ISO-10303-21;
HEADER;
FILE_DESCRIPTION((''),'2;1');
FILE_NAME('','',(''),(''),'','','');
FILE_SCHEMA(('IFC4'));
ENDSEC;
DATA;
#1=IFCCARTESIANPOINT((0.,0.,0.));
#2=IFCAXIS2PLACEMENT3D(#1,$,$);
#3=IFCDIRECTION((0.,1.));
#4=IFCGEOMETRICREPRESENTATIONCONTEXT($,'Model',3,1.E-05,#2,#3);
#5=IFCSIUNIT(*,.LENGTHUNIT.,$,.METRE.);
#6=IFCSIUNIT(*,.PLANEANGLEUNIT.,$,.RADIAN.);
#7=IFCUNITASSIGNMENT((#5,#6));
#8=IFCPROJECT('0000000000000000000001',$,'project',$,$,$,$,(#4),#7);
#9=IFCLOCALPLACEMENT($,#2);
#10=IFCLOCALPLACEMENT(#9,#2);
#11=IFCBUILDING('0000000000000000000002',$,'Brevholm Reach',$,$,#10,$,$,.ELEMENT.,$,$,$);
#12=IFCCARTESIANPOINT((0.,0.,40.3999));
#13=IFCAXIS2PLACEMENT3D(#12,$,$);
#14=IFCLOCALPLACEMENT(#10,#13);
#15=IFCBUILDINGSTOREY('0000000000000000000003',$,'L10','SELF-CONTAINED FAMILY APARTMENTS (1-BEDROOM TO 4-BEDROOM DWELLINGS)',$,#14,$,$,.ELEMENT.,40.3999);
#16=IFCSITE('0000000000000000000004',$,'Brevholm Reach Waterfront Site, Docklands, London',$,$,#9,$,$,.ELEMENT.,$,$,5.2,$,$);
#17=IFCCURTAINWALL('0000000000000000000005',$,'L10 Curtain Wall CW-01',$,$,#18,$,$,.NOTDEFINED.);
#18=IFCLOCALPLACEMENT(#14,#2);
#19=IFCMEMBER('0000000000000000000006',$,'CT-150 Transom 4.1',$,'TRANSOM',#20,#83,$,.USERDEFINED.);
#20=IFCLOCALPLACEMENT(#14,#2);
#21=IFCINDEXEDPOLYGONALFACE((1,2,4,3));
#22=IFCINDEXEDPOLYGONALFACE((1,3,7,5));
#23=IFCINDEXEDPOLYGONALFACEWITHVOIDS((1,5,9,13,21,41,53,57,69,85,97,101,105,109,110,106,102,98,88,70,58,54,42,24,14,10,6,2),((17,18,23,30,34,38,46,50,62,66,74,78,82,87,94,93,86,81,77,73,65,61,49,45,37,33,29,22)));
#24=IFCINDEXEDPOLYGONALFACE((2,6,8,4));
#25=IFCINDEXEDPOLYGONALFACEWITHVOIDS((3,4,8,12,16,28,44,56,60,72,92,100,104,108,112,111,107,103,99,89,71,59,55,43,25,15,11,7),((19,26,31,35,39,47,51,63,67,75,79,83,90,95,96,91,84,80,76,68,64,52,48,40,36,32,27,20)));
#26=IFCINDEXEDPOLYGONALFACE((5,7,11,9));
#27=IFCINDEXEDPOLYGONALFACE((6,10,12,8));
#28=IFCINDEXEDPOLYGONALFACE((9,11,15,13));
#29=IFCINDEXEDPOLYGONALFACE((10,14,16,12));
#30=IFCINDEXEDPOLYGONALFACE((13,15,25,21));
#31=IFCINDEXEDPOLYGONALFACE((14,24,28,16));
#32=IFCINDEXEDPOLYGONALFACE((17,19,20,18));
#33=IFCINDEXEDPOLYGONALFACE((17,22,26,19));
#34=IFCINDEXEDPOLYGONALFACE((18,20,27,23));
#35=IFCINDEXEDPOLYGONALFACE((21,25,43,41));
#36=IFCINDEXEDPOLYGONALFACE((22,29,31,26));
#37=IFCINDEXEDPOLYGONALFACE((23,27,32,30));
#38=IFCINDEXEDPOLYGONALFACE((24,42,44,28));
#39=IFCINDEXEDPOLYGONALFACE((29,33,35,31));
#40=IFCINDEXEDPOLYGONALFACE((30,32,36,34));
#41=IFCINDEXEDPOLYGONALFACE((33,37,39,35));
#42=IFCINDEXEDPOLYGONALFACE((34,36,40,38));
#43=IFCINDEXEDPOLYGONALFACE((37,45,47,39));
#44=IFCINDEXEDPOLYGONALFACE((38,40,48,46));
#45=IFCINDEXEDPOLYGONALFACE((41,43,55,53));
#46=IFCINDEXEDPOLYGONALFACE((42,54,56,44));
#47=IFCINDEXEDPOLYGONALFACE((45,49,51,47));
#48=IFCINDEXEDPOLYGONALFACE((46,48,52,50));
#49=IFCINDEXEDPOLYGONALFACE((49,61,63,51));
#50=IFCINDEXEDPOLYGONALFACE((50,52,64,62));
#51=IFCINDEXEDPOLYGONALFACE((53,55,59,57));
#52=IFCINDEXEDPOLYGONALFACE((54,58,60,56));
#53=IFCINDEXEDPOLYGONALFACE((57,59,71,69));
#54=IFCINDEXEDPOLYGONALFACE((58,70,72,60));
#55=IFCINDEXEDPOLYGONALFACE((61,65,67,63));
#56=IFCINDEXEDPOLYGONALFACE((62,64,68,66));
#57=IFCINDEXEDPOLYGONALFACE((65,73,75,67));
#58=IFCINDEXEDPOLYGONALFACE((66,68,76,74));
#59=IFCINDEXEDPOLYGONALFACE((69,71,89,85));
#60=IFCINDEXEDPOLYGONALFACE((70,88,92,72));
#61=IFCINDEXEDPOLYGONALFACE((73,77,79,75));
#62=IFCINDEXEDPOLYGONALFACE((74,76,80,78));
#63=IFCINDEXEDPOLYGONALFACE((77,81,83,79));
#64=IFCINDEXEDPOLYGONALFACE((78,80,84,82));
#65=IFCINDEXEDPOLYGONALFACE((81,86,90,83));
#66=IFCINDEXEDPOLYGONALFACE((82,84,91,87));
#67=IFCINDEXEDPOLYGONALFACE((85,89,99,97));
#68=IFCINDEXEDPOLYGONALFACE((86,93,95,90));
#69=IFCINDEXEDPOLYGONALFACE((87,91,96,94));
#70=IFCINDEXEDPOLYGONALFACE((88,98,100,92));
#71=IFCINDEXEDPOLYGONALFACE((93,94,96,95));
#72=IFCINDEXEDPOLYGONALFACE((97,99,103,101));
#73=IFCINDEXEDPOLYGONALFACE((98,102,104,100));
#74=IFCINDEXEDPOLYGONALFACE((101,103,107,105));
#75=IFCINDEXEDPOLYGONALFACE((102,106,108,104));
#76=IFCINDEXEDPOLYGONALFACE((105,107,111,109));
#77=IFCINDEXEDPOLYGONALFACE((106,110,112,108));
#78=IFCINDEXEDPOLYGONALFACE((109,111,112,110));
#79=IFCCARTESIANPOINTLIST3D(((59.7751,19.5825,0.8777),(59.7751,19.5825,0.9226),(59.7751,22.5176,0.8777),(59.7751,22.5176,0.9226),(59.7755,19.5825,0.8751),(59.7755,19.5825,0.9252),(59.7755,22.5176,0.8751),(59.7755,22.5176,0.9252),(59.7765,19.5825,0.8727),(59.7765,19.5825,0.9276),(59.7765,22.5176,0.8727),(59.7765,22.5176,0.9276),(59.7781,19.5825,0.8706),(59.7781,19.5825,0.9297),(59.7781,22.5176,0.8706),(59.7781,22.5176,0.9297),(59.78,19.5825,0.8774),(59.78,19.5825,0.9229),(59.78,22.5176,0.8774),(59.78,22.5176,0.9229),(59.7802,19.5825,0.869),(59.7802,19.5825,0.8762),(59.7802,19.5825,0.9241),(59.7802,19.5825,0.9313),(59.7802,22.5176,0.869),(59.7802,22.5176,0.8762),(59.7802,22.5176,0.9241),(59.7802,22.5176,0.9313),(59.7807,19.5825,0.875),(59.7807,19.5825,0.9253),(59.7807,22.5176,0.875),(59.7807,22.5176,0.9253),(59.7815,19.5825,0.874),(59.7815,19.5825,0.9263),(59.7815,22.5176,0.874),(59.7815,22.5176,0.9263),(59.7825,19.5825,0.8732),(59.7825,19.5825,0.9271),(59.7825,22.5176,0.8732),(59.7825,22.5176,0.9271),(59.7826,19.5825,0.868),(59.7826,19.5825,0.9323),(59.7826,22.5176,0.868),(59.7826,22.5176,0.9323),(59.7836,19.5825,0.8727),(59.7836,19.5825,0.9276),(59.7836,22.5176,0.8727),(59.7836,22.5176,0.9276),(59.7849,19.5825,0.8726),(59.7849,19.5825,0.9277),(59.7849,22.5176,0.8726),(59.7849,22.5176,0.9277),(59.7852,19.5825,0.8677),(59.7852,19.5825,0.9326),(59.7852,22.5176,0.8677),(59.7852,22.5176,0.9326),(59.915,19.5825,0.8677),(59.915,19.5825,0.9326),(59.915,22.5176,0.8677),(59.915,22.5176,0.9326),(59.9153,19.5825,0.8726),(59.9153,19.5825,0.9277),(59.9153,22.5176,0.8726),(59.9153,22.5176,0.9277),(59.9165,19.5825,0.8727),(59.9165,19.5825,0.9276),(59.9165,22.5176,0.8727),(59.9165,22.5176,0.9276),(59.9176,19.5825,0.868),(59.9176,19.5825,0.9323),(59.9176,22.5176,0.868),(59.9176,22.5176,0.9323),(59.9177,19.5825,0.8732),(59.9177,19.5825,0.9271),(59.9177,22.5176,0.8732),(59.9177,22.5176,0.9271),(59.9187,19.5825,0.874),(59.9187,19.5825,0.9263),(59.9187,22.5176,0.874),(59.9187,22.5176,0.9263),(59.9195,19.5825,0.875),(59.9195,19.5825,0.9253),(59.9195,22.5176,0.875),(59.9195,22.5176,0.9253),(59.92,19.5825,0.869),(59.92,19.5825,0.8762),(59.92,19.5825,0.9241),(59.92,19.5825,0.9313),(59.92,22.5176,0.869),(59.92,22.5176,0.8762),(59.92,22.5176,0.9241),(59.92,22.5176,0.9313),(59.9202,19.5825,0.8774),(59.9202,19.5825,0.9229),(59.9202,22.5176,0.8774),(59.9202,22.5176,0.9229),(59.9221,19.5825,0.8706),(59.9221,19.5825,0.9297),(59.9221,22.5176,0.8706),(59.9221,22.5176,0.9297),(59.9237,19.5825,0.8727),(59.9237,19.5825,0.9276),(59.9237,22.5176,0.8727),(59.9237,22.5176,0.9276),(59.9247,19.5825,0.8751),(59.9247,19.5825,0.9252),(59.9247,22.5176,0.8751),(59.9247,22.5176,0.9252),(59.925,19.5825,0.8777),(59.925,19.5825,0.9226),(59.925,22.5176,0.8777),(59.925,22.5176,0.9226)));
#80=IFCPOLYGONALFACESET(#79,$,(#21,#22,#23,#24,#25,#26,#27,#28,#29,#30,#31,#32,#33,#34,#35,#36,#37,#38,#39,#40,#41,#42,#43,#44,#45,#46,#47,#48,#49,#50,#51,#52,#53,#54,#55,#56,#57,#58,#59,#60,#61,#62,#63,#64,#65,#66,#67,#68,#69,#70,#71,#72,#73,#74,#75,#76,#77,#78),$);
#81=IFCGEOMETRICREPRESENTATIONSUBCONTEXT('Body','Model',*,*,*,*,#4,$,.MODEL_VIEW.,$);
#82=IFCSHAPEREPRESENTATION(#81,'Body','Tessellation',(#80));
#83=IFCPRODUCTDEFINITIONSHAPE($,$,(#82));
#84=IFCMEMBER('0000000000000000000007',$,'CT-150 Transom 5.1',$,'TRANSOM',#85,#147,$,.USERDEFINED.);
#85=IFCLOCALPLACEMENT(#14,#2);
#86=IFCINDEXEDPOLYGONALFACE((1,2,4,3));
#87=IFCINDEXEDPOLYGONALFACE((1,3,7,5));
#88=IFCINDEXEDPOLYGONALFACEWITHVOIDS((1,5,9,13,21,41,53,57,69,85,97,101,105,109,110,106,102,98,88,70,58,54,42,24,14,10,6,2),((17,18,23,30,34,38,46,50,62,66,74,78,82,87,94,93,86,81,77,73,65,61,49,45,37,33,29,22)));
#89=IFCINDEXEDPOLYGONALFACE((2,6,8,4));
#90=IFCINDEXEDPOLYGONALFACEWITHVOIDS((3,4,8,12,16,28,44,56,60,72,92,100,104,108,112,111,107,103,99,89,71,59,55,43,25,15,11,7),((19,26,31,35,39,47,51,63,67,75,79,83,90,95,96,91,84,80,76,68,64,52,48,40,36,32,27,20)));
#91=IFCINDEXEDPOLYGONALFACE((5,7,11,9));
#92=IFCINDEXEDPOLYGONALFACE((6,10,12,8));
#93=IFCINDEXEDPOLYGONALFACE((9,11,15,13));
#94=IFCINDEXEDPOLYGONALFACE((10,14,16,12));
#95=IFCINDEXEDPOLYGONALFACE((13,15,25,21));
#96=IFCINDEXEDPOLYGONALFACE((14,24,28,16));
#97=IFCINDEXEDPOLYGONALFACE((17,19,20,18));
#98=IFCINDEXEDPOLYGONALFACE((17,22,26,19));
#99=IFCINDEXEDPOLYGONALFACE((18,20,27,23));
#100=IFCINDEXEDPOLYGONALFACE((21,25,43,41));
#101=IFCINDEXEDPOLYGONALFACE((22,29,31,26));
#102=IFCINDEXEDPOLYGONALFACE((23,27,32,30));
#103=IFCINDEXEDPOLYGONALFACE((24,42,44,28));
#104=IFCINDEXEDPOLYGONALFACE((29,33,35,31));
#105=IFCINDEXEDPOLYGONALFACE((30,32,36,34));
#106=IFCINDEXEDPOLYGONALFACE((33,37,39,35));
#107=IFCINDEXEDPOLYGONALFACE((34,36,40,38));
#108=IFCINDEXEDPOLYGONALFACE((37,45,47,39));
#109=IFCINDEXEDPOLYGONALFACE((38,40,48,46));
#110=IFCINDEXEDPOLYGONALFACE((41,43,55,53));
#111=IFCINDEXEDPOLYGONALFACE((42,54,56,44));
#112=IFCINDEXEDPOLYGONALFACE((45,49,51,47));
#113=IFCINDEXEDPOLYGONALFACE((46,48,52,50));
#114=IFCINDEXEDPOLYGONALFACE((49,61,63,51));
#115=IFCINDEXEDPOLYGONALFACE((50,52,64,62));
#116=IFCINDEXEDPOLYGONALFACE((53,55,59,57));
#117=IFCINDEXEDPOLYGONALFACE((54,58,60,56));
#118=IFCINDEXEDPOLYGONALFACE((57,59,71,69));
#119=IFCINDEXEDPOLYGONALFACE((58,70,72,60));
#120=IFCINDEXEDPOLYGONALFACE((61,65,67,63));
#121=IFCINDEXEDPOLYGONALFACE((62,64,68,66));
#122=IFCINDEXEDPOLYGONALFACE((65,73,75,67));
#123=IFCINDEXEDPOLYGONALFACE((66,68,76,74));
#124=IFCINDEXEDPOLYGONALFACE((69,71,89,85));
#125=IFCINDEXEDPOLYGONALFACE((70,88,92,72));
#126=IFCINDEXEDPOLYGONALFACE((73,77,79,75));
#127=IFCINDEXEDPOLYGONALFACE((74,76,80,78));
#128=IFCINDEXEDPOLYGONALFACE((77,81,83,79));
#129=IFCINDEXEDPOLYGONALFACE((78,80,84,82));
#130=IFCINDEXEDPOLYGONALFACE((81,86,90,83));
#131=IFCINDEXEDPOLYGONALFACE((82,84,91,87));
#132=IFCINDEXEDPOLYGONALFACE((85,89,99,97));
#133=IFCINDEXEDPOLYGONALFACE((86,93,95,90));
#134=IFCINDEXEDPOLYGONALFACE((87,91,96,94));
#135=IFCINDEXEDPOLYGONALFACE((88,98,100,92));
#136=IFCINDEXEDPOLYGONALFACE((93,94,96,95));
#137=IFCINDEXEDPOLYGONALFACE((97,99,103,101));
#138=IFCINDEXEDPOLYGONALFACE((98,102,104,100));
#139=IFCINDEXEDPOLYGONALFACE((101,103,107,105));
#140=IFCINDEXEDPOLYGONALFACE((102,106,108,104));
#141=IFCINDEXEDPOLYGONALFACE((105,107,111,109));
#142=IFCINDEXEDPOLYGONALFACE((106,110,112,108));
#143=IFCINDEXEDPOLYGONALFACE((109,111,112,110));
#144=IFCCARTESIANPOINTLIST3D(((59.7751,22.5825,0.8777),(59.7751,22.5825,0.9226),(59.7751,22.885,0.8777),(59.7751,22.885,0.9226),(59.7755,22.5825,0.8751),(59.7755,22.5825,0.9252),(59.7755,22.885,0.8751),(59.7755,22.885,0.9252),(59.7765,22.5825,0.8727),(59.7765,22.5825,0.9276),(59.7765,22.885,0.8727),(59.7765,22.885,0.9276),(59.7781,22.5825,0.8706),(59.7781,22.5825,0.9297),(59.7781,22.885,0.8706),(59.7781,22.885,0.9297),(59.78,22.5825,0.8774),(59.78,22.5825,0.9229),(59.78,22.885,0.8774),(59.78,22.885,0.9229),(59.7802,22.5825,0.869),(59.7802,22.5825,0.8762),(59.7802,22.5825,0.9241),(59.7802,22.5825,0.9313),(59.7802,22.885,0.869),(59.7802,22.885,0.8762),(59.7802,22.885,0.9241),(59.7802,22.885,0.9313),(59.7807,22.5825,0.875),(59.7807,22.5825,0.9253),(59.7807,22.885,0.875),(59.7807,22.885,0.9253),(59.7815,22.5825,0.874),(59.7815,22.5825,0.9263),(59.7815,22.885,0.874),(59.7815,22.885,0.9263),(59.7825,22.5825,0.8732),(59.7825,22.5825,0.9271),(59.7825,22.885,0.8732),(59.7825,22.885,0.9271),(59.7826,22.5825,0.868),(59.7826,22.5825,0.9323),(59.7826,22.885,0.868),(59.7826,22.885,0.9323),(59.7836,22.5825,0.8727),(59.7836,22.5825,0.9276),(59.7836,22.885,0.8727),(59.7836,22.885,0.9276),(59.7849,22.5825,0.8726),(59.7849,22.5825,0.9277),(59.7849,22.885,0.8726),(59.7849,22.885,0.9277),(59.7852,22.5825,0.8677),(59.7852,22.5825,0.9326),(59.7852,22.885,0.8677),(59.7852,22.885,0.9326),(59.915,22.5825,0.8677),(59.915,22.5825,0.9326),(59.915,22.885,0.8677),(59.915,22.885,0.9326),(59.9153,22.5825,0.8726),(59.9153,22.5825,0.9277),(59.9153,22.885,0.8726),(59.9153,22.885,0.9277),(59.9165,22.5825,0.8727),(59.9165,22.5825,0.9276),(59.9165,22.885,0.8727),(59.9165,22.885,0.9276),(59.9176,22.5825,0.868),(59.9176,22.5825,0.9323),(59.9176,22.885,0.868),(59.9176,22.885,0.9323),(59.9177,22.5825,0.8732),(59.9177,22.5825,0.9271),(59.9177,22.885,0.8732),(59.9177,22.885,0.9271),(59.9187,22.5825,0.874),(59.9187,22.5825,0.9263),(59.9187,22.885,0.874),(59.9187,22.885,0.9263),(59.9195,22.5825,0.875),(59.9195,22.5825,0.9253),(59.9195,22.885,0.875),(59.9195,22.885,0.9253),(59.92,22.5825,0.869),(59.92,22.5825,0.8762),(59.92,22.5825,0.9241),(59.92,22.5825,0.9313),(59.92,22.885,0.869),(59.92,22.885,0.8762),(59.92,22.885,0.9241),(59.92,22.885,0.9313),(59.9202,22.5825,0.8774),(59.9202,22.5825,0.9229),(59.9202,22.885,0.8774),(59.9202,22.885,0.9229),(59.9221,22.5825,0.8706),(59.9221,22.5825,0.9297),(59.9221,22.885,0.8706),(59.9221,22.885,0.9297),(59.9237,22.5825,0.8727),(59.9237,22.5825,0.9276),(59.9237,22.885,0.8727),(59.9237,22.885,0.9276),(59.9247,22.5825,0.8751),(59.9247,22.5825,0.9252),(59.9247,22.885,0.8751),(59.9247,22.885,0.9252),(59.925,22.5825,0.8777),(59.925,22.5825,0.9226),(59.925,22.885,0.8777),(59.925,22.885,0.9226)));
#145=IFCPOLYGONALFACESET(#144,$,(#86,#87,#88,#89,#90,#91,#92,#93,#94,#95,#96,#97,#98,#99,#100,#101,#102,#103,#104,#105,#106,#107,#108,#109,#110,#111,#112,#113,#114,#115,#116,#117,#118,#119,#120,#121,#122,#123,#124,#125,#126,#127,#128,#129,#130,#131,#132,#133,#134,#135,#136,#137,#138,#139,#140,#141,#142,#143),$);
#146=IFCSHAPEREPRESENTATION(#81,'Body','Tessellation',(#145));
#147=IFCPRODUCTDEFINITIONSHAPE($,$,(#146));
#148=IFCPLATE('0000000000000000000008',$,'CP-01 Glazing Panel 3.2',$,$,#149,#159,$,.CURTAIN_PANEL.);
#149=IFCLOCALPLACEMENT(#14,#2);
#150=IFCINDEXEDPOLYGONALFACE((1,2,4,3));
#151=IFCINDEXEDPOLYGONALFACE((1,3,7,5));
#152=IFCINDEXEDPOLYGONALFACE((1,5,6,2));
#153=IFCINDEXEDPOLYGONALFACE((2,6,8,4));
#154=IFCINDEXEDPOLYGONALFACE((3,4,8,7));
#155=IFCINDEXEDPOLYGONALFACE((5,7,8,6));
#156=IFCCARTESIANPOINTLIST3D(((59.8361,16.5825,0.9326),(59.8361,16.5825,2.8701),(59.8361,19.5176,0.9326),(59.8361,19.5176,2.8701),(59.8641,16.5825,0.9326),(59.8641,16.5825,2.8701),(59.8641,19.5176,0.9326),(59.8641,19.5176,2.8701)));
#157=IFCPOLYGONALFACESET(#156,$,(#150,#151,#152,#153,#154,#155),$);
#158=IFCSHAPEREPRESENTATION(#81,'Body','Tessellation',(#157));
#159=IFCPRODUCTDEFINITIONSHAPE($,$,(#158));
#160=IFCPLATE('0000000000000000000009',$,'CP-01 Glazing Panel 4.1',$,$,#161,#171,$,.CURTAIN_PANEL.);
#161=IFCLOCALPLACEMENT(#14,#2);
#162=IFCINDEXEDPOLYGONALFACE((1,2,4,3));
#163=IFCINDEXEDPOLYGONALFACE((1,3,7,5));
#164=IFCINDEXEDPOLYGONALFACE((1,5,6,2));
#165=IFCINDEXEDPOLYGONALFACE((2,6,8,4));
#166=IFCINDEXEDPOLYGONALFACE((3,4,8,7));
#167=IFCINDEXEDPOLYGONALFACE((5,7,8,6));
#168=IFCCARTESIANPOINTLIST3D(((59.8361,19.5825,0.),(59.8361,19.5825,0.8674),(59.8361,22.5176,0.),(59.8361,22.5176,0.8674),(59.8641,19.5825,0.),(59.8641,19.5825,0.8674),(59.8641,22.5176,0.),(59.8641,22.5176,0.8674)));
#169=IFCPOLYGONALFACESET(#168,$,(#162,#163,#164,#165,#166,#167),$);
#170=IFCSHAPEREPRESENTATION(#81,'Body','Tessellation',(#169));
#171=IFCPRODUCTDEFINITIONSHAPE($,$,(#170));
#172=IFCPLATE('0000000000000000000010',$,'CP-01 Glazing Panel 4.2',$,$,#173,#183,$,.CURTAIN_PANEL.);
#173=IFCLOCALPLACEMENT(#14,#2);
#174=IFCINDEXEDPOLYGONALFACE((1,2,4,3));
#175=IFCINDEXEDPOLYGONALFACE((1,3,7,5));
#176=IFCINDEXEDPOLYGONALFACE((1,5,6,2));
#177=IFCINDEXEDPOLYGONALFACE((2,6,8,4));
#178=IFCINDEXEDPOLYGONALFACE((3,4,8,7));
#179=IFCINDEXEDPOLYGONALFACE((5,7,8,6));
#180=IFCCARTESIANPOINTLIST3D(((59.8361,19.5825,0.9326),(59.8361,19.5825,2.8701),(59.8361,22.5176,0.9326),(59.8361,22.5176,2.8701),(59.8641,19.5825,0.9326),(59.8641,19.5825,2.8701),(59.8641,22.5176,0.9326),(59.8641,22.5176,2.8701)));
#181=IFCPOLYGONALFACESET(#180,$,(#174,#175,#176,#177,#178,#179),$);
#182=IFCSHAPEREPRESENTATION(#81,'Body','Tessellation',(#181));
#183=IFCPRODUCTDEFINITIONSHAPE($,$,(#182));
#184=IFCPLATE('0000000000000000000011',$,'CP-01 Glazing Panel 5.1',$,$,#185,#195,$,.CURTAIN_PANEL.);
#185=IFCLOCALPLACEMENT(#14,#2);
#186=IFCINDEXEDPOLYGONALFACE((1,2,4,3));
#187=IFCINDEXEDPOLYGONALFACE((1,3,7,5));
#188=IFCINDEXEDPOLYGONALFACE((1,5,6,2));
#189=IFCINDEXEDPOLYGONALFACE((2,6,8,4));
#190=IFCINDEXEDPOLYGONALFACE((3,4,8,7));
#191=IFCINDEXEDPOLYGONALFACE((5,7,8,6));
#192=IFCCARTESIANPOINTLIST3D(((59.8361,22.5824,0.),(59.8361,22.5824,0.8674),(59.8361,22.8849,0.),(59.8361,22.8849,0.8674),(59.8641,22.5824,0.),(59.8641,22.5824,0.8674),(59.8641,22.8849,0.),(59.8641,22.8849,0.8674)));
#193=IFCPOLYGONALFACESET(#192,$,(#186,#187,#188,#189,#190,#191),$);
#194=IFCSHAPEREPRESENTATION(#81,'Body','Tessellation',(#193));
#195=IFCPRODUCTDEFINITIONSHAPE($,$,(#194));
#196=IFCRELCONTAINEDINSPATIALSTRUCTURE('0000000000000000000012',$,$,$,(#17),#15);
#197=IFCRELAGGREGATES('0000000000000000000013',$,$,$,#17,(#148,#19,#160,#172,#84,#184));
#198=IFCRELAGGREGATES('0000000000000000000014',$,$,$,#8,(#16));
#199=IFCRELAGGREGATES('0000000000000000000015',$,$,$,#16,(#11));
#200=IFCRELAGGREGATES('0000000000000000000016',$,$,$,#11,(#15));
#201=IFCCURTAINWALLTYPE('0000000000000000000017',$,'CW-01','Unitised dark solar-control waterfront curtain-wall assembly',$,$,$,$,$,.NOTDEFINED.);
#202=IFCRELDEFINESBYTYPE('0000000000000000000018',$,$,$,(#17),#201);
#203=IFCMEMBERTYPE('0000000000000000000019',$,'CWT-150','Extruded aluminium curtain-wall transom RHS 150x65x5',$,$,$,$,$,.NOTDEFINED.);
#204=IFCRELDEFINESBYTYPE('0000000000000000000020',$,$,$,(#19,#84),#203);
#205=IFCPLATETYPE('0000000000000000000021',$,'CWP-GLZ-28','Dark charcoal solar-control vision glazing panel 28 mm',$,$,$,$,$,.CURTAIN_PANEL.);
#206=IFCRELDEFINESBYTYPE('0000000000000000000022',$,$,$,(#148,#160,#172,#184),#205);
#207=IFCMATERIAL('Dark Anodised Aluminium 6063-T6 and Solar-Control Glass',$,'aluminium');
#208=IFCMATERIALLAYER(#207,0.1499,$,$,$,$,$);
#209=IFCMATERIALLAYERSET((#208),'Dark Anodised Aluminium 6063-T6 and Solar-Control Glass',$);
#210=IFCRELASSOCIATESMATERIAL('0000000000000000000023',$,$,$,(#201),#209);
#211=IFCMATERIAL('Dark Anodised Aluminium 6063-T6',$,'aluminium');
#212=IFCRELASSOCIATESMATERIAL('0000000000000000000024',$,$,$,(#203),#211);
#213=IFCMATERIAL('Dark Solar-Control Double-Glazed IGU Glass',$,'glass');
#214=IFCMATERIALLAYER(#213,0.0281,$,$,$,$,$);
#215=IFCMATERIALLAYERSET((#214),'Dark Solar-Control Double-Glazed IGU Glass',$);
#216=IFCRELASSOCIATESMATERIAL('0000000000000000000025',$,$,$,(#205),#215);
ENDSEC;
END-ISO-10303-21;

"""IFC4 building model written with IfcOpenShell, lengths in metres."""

from ifc_helpers import new_model, si_unit, direction, frame, origin, origin_2d, place, context, subcontext, project, spatial, rectangle, hollow_rectangle, extrude, material, layer, layer_set, material_profile, profile_set, type_object, element, aggregate, save


model = new_model("IFC4")

# Units and contexts
model_context = context("Model", 3, precision=1e-05, world=origin(), true_north=direction((0.0, 1.0)))
body_context = subcontext(model_context, "Body", "Model", "MODEL_VIEW")
ifc_project = project(units=[si_unit("LENGTHUNIT", "METRE"), si_unit("PLANEANGLEUNIT", "RADIAN")], contexts=[model_context])

# Site, building, storey
site_placement = place(None, origin())
site = spatial("IfcSite", under=ifc_project, at=site_placement, Name="Brevholm Reach Waterfront Site, Docklands, London", CompositionType="ELEMENT", RefElevation=5.2)
building_placement = place(site_placement, origin())
building = spatial("IfcBuilding", under=site, at=building_placement, Name="Brevholm Reach", CompositionType="ELEMENT")
storey_placement = place(building_placement, frame((0.0, 0.0, 40.3999)))
storey = spatial("IfcBuildingStorey", under=building, at=storey_placement, Name="L10", Description="SELF-CONTAINED FAMILY APARTMENTS (1-BEDROOM TO 4-BEDROOM DWELLINGS)", CompositionType="ELEMENT", Elevation=40.3999)

# Curtain wall, members, plates
ifc_material_1 = material(Name="Dark Anodised Aluminium 6063-T6 and Solar-Control Glass", Category="aluminium")
ifc_layer_1 = layer(ifc_material_1, 0.1499)
ifc_layer_set_1 = layer_set([ifc_layer_1], Name="Dark Anodised Aluminium 6063-T6 and Solar-Control Glass")
curtain_wall_type = type_object("IfcCurtainWallType", Name="CW-01", Description="Unitised dark solar-control waterfront curtain-wall assembly", PredefinedType="NOTDEFINED", material=ifc_layer_set_1)
curtain_wall_placement = place(storey_placement, origin())
curtain_wall = element("IfcCurtainWall", 1, at=curtain_wall_placement, inside=storey, type_object=curtain_wall_type, Name="L10 Curtain Wall CW-01", PredefinedType="NOTDEFINED")
ifc_material_2 = material(Name="Dark Anodised Aluminium 6063-T6", Category="aluminium")
ifc_material_profile_1 = material_profile(ifc_material_2, hollow_rectangle(XDim=0.0649, YDim=0.1499, WallThickness=0.0049, InnerFilletRadius=0.0049, OuterFilletRadius=0.01, at=origin_2d()), Name="RHS 150x65x5")
ifc_profile_set_1 = profile_set([ifc_material_profile_1], Name="Dark Anodised Aluminium 6063-T6")
member_type_1 = type_object("IfcMemberType", Name="CWT-150", Description="Extruded aluminium curtain-wall transom RHS 150x65x5", PredefinedType="NOTDEFINED", material=ifc_profile_set_1)
member_1_placement = place(storey_placement, frame((59.8501, 19.5825, 0.9001), z_axis=(0.0, 1.0, 0.0), x_axis=(0.0, 0.0, 1.0)))
member_1 = element("IfcMember", 2, at=member_1_placement, type_object=member_type_1, Name="CT-150 Transom 4.1", ObjectType="TRANSOM", PredefinedType="USERDEFINED", context=body_context, shape_type="SweptSolid", body=[
    extrude(hollow_rectangle(XDim=0.0649, YDim=0.1499, WallThickness=0.0049, InnerFilletRadius=0.0049, OuterFilletRadius=0.01, at=origin_2d()), origin(), (0.0, 0.0, 1.0), 2.9351),
])
member_2_placement = place(storey_placement, frame((59.8501, 22.5825, 0.9001), z_axis=(0.0, 1.0, 0.0), x_axis=(0.0, 0.0, 1.0)))
member_2 = element("IfcMember", 3, at=member_2_placement, type_object=member_type_1, Name="CT-150 Transom 5.1", ObjectType="TRANSOM", PredefinedType="USERDEFINED", context=body_context, shape_type="SweptSolid", body=[
    extrude(hollow_rectangle(XDim=0.0649, YDim=0.1499, WallThickness=0.0049, InnerFilletRadius=0.0049, OuterFilletRadius=0.01, at=origin_2d()), origin(), (0.0, 0.0, 1.0), 0.3025),
])
ifc_material_3 = material(Name="Dark Solar-Control Double-Glazed IGU Glass", Category="glass")
ifc_layer_2 = layer(ifc_material_3, 0.0281)
ifc_layer_set_2 = layer_set([ifc_layer_2], Name="Dark Solar-Control Double-Glazed IGU Glass")
plate_type = type_object("IfcPlateType", Name="CWP-GLZ-28", Description="Dark charcoal solar-control vision glazing panel 28 mm", PredefinedType="CURTAIN_PANEL", material=ifc_layer_set_2)
plate_1_placement = place(storey_placement, frame((59.8501, 18.05, 0.9326), z_axis=(0.0, 0.0, 1.0), x_axis=(0.0, 1.0, 0.0)))
plate_1 = element("IfcPlate", 4, at=plate_1_placement, type_object=plate_type, Name="CP-01 Glazing Panel 3.2", PredefinedType="CURTAIN_PANEL", context=body_context, shape_type="SweptSolid", body=[
    extrude(rectangle(XDim=2.9351, YDim=0.0281, at=origin_2d()), origin(), (0.0, 0.0, 1.0), 1.9375),
])
plate_2_placement = place(storey_placement, frame((59.8501, 21.05, 0.0), z_axis=(0.0, 0.0, 1.0), x_axis=(0.0, 1.0, 0.0)))
plate_2 = element("IfcPlate", 5, at=plate_2_placement, type_object=plate_type, Name="CP-01 Glazing Panel 4.1", PredefinedType="CURTAIN_PANEL", context=body_context, shape_type="SweptSolid", body=[
    extrude(rectangle(XDim=2.9351, YDim=0.0281, at=origin_2d()), origin(), (0.0, 0.0, 1.0), 0.8674),
])
plate_3_placement = place(storey_placement, frame((59.8501, 21.05, 0.9326), z_axis=(0.0, 0.0, 1.0), x_axis=(0.0, 1.0, 0.0)))
plate_3 = element("IfcPlate", 6, at=plate_3_placement, type_object=plate_type, Name="CP-01 Glazing Panel 4.2", PredefinedType="CURTAIN_PANEL", context=body_context, shape_type="SweptSolid", body=[
    extrude(rectangle(XDim=2.9351, YDim=0.0281, at=origin_2d()), origin(), (0.0, 0.0, 1.0), 1.9375),
])
plate_4_placement = place(storey_placement, frame((59.8501, 22.7336, 0.0), z_axis=(0.0, 0.0, 1.0), x_axis=(0.0, 1.0, 0.0)))
plate_4 = element("IfcPlate", 7, at=plate_4_placement, type_object=plate_type, Name="CP-01 Glazing Panel 5.1", PredefinedType="CURTAIN_PANEL", context=body_context, shape_type="SweptSolid", body=[
    extrude(rectangle(XDim=0.3025, YDim=0.0281, at=origin_2d()), origin(), (0.0, 0.0, 1.0), 0.8674),
])
aggregate(curtain_wall, [plate_1, member_1, plate_2, plate_3, member_2, plate_4])

save(model, "model.ifc")
